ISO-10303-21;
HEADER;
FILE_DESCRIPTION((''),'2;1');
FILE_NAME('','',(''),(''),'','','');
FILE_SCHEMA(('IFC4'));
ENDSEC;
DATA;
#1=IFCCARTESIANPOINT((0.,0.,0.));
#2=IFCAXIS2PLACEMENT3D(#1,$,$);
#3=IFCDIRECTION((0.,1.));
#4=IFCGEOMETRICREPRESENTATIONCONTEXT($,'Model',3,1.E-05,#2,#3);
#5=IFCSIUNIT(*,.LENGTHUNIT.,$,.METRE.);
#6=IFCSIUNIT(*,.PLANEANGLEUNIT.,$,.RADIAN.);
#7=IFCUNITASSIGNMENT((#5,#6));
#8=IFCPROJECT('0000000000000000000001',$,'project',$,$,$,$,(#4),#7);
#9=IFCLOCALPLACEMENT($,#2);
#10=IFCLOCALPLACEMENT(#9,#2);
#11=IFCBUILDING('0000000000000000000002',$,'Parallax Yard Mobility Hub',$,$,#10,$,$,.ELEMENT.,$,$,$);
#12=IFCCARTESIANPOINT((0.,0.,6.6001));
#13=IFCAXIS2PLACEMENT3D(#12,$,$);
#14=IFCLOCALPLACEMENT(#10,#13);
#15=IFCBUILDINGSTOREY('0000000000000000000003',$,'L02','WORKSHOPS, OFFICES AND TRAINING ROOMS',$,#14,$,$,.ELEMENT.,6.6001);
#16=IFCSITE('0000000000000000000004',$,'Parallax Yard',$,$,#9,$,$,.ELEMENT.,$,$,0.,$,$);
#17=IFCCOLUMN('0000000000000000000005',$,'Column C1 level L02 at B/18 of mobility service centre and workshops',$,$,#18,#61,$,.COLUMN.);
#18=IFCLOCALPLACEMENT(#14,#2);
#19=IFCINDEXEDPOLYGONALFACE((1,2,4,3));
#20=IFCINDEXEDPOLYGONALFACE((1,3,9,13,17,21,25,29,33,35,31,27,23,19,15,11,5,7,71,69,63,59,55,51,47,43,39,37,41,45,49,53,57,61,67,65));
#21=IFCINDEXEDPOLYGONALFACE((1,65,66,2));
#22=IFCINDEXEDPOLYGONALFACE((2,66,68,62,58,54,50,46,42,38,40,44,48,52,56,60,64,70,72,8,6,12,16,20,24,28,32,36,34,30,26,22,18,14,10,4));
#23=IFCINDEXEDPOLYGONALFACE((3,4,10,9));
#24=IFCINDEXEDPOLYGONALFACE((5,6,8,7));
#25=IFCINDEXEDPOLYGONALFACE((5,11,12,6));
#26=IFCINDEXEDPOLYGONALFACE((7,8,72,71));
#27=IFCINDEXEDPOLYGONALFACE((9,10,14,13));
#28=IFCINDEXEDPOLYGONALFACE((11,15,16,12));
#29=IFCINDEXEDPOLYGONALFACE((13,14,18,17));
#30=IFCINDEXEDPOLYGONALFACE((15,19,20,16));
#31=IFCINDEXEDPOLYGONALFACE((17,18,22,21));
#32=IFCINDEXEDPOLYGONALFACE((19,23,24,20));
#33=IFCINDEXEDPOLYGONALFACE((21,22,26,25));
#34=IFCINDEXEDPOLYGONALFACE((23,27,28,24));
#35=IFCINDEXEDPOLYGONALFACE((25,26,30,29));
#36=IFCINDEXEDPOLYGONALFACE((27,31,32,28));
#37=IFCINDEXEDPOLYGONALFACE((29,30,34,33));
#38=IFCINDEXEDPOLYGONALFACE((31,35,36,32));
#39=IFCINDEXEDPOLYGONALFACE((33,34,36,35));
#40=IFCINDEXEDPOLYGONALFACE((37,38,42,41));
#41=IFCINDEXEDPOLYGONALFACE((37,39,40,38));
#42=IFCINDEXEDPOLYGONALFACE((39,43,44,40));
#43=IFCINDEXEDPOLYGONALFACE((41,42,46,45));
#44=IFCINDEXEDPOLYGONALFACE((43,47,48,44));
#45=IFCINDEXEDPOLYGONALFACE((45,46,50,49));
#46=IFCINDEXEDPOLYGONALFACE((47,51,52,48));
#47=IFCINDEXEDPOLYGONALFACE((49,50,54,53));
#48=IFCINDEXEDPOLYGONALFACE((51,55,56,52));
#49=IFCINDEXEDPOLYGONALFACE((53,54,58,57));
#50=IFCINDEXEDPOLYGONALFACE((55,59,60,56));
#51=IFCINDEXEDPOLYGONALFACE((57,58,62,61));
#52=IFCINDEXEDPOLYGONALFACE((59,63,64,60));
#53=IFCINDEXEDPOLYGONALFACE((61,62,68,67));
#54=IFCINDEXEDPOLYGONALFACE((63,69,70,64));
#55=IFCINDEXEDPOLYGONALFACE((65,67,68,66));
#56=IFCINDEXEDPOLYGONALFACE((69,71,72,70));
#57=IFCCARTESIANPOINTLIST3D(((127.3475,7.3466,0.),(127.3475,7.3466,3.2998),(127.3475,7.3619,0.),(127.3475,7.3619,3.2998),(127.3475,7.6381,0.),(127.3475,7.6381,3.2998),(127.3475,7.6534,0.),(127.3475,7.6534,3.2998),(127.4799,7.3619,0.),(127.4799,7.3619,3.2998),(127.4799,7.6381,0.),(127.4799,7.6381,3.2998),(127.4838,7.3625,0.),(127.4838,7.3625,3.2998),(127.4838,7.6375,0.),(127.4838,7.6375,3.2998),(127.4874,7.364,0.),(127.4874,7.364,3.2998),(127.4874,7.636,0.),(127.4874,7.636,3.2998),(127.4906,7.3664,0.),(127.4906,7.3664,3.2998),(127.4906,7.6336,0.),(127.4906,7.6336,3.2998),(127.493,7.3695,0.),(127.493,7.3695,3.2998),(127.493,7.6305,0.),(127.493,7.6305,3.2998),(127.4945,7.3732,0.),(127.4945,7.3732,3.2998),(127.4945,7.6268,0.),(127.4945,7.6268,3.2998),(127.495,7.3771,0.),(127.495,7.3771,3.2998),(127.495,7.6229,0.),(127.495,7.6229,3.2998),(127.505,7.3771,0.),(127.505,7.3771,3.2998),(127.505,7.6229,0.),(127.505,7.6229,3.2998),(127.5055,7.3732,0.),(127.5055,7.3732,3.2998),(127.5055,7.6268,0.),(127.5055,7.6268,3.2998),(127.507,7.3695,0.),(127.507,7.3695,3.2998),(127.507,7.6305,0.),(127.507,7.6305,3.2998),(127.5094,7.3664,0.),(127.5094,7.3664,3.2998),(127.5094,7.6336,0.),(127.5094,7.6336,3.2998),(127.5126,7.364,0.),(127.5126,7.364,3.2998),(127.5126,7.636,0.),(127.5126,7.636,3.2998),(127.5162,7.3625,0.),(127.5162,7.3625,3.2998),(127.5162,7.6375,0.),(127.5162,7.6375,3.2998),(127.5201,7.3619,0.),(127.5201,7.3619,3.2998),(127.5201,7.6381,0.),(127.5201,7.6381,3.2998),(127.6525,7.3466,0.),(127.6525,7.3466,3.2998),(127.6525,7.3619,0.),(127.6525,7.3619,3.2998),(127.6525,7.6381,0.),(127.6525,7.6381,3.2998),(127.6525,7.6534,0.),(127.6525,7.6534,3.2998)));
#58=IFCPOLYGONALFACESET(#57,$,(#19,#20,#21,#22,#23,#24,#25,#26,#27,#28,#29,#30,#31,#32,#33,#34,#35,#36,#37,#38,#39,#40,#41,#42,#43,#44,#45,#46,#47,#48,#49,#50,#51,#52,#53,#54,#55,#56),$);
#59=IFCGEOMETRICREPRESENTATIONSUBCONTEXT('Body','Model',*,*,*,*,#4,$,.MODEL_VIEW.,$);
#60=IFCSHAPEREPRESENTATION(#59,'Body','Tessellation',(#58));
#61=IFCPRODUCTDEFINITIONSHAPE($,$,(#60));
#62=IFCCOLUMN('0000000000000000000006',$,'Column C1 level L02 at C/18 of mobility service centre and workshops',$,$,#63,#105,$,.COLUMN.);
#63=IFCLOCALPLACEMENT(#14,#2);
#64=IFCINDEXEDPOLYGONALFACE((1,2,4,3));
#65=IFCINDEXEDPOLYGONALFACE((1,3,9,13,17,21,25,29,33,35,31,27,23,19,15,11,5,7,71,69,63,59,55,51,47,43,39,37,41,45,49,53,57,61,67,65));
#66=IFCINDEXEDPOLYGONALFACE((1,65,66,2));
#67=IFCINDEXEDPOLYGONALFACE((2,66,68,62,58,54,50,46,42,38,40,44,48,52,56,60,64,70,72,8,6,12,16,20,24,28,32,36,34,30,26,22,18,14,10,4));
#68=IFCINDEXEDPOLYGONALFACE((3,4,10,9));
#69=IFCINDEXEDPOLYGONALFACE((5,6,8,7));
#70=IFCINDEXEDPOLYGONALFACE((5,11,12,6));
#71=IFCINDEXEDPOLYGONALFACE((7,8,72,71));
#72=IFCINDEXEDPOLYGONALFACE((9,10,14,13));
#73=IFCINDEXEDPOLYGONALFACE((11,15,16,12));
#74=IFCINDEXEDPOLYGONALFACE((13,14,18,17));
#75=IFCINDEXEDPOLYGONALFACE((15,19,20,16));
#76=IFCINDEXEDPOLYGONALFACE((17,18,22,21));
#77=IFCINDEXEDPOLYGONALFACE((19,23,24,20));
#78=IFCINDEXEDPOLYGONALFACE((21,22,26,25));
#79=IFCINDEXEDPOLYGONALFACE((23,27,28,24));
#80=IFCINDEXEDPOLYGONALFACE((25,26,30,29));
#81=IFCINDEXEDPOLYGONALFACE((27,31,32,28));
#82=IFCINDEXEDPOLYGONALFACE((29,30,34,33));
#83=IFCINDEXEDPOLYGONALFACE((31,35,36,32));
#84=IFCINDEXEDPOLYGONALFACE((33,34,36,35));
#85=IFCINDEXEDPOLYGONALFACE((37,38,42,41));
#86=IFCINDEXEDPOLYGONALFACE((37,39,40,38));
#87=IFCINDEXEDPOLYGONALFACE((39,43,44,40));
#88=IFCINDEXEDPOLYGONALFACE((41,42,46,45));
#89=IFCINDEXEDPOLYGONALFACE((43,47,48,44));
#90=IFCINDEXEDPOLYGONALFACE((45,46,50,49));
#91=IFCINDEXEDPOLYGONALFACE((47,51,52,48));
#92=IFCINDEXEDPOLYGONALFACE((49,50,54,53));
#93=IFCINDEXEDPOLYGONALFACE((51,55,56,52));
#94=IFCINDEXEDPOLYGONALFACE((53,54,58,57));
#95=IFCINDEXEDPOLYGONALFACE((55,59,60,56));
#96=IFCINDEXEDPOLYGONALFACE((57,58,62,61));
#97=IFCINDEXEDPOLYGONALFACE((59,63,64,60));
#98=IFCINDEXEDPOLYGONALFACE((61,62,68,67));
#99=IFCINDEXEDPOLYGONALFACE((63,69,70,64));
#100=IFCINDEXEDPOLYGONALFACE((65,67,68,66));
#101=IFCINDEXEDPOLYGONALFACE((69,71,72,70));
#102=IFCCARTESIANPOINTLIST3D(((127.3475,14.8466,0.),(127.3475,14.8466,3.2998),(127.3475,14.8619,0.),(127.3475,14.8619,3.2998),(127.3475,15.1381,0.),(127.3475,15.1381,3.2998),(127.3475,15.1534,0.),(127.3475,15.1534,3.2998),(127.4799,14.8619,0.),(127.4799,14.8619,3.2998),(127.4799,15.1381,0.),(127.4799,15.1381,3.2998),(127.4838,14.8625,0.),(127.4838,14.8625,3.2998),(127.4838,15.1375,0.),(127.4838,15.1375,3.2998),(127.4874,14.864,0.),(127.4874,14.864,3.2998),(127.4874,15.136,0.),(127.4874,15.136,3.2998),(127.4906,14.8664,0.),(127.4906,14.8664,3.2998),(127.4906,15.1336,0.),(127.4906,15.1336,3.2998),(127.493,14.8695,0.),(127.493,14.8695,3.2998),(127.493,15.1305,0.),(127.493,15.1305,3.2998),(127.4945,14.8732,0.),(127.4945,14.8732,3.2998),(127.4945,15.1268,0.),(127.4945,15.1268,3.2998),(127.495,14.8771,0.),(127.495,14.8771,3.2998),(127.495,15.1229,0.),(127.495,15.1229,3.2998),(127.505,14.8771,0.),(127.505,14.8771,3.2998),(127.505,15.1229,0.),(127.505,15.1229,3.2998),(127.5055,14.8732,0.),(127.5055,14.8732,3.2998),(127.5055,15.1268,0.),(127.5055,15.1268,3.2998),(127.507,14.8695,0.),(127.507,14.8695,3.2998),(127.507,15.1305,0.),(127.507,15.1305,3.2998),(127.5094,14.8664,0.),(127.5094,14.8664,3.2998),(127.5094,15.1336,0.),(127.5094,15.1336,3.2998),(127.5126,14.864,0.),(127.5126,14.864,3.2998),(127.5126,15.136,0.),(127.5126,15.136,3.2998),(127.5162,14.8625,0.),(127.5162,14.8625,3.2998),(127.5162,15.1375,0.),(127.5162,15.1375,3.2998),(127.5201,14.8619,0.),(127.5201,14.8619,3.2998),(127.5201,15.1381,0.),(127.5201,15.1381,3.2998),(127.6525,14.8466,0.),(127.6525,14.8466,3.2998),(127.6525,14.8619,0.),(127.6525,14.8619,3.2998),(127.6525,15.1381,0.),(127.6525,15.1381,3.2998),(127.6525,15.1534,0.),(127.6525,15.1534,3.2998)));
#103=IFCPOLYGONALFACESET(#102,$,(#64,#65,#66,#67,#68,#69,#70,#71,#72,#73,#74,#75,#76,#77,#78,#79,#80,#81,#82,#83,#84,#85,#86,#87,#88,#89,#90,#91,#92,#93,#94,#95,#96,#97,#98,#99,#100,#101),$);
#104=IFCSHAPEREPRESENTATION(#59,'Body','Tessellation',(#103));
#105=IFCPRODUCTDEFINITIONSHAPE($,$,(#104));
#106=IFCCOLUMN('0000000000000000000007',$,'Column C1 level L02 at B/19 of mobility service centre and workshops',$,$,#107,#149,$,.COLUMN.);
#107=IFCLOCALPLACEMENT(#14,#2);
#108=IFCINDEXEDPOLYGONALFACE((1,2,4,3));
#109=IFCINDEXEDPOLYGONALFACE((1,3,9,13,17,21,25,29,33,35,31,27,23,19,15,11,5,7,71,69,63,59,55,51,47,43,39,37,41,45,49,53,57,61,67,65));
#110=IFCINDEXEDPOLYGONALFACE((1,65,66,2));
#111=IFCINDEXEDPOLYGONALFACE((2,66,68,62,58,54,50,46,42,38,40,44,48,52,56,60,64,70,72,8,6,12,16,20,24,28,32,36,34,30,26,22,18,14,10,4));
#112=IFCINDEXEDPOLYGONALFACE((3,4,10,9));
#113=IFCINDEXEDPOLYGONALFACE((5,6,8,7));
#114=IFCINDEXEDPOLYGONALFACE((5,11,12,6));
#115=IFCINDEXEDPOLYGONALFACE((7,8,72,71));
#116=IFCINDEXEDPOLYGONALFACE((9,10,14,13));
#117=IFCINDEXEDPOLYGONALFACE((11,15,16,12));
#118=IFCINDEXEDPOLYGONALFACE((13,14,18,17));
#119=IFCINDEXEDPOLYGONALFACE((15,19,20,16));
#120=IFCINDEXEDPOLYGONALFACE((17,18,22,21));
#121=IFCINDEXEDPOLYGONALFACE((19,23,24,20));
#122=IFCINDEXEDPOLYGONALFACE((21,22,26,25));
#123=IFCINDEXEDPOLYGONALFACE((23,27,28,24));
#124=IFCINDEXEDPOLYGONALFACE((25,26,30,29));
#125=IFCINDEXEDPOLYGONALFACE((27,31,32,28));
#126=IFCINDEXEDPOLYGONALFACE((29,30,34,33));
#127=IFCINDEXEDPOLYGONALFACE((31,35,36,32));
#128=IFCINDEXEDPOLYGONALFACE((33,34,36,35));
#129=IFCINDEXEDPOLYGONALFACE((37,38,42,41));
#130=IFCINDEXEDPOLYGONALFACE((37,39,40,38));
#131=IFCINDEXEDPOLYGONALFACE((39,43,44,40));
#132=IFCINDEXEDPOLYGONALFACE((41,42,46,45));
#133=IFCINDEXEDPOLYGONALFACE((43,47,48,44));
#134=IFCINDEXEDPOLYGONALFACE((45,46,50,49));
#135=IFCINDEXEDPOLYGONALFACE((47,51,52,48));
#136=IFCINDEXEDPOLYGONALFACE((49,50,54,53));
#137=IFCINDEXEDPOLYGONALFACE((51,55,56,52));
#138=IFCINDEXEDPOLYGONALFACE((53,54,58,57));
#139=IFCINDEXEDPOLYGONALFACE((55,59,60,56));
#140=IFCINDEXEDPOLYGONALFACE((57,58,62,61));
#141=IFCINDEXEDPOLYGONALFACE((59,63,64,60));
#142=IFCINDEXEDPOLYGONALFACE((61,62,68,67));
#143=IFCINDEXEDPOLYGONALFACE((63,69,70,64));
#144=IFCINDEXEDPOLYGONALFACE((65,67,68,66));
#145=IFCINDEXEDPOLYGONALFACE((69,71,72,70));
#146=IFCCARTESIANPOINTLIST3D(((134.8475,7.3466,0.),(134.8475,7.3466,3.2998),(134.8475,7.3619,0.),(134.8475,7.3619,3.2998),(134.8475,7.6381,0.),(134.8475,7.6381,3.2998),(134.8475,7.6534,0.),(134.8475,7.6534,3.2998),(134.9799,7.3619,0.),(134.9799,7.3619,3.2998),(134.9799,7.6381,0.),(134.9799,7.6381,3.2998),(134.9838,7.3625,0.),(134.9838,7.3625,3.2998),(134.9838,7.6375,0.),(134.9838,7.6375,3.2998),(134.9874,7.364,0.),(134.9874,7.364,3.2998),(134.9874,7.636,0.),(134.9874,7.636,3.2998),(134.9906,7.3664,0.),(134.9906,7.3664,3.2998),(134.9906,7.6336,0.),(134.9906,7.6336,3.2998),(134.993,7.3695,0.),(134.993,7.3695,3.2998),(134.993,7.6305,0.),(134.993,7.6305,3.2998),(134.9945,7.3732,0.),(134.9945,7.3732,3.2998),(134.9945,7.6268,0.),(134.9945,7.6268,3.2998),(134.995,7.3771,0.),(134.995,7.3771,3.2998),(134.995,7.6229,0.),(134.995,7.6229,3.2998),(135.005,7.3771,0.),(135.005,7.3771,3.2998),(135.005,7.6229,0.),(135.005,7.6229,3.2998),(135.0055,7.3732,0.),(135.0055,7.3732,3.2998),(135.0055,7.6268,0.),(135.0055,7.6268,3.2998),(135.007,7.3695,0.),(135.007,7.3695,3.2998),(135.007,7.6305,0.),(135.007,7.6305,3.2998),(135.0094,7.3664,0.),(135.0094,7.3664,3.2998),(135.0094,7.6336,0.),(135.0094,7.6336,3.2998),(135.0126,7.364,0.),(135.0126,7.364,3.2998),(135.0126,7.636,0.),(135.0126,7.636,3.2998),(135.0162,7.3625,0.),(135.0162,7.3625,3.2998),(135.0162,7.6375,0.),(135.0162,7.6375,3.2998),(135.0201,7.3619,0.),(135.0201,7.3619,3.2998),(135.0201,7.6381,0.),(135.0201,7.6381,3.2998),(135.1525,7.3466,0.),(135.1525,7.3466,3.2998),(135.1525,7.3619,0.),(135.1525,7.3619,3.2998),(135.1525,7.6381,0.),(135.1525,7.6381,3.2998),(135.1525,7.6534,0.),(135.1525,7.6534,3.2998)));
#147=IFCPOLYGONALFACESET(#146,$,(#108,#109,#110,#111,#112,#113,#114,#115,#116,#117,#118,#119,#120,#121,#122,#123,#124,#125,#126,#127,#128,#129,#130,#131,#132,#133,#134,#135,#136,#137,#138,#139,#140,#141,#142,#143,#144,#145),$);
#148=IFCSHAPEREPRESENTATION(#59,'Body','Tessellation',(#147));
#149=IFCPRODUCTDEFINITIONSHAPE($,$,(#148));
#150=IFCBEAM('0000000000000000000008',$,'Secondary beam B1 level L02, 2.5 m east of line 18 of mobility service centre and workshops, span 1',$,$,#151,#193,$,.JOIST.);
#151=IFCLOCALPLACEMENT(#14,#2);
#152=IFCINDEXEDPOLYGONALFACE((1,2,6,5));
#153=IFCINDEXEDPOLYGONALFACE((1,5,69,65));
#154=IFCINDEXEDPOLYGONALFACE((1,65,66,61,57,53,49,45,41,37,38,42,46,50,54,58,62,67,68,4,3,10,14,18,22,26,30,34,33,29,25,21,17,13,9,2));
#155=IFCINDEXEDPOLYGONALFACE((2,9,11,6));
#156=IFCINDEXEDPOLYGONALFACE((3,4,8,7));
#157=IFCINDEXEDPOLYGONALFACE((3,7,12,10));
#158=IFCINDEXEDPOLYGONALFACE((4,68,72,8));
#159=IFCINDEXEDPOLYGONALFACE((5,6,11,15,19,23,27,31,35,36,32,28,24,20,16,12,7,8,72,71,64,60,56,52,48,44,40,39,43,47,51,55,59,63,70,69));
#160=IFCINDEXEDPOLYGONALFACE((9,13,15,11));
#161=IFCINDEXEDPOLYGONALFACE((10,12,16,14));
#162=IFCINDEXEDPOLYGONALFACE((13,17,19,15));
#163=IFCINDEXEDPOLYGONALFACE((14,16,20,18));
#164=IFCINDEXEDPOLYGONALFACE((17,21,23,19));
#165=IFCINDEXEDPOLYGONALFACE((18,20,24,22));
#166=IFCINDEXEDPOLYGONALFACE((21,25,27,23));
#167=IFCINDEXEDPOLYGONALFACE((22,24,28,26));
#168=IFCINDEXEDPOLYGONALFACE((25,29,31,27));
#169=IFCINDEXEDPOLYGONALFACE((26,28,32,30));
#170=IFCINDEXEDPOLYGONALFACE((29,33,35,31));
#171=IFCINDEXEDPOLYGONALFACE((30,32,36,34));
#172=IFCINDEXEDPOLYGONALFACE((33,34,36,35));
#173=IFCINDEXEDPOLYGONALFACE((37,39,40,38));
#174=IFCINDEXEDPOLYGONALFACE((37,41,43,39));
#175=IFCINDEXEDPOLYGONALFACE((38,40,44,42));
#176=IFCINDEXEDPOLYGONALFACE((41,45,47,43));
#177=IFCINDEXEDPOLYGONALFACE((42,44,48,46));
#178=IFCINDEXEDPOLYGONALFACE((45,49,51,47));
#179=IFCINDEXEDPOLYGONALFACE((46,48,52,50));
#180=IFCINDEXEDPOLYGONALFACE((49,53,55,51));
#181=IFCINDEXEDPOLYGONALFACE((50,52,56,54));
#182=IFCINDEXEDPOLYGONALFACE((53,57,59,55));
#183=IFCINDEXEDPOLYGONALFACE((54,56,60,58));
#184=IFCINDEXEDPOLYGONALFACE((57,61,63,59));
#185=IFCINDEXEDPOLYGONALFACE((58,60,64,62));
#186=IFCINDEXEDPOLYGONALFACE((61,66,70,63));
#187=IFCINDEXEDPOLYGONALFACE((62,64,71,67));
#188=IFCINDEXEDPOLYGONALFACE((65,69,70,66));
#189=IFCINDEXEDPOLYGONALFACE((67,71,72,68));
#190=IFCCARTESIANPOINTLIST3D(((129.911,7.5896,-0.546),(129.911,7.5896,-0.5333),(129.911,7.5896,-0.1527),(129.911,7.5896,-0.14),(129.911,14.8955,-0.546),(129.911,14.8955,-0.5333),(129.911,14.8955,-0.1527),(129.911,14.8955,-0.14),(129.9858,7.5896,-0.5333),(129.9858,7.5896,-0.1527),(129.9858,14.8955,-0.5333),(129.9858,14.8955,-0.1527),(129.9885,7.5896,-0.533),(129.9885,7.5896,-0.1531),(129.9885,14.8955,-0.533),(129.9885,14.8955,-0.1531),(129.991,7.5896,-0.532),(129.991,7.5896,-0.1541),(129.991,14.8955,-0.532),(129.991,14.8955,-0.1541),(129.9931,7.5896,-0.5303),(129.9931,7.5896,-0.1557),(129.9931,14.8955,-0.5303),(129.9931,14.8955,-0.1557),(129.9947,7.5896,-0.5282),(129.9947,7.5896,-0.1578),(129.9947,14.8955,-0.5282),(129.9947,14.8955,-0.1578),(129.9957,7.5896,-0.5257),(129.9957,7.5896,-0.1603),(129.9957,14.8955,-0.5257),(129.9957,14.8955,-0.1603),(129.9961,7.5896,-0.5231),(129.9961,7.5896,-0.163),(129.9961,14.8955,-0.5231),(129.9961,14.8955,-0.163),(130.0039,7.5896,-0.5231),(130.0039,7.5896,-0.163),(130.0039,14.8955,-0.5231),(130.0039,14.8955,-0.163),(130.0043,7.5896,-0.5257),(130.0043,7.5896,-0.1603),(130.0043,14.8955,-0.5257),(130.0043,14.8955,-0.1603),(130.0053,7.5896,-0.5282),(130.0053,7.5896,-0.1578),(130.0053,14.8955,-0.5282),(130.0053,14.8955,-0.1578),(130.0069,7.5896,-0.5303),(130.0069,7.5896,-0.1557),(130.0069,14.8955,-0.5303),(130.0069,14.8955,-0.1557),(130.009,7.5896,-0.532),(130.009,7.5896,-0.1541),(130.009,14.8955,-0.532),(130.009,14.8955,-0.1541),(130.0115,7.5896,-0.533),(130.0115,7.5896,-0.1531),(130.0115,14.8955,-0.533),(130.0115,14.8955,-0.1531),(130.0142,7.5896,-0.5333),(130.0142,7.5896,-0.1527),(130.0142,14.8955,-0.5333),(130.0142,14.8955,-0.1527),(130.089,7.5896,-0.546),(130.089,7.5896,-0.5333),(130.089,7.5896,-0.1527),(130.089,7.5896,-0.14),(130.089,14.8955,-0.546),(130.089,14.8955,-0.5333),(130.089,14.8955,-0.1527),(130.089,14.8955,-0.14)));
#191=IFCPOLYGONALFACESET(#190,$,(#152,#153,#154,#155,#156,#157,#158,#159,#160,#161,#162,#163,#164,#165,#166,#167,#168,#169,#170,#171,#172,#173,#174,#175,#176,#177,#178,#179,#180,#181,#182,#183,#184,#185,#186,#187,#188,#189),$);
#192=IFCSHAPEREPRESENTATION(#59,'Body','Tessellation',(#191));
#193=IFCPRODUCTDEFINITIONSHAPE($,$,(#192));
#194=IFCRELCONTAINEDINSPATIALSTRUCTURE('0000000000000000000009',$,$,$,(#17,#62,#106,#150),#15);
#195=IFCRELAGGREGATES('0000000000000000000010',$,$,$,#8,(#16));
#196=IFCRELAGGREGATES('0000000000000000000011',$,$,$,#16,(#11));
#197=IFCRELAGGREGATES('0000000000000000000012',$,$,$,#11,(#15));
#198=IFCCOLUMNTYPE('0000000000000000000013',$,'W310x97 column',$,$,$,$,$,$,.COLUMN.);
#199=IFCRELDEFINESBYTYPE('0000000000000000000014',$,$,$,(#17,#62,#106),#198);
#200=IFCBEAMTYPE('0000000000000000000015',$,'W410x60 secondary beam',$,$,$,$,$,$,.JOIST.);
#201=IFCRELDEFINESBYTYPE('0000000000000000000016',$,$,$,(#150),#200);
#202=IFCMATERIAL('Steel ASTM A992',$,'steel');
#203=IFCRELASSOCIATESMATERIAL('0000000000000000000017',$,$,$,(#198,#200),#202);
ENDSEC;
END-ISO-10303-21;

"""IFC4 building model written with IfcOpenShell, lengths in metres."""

from ifc_helpers import new_model, si_unit, direction, frame, origin, origin_2d, place, context, subcontext, project, spatial, i_section, extrude, material, material_profile, profile_set, type_object, element, save


model = new_model("IFC4")

# Units and contexts
model_context = context("Model", 3, precision=1e-05, world=origin(), true_north=direction((0.0, 1.0)))
body_context = subcontext(model_context, "Body", "Model", "MODEL_VIEW")
ifc_project = project(units=[si_unit("LENGTHUNIT", "METRE"), si_unit("PLANEANGLEUNIT", "RADIAN")], contexts=[model_context])

# Site, building, storey
site_placement = place(None, origin())
site = spatial("IfcSite", under=ifc_project, at=site_placement, Name="Parallax Yard", CompositionType="ELEMENT", RefElevation=0.0)
building_placement = place(site_placement, origin())
building = spatial("IfcBuilding", under=site, at=building_placement, Name="Parallax Yard Mobility Hub", CompositionType="ELEMENT")
storey_placement = place(building_placement, frame((0.0, 0.0, 6.6001)))
storey = spatial("IfcBuildingStorey", under=building, at=storey_placement, Name="L02", Description="WORKSHOPS, OFFICES AND TRAINING ROOMS", CompositionType="ELEMENT", Elevation=6.6001)

# Columns
ifc_material_1 = material(Name="Steel ASTM A992", Category="steel")
ifc_material_profile_1 = material_profile(ifc_material_1, i_section(OverallWidth=0.3049, OverallDepth=0.3069, WebThickness=0.01, FlangeThickness=0.0154, FilletRadius=0.0151, at=origin_2d()), Name="W310x97")
ifc_profile_set_1 = profile_set([ifc_material_profile_1], Name="Steel ASTM A992")
column_type = type_object("IfcColumnType", Name="W310x97 column", PredefinedType="COLUMN", material=ifc_profile_set_1)
for number, where, z_axis, x_axis, name in (
    (1, (127.5, 7.5, 0.0), (0.0, 0.0, 1.0), (1.0, 0.0, 0.0), "Column C1 level L02 at B/18 of mobility service centre and workshops"),
    (2, (127.5, 15.0, 0.0), (0.0, 0.0, 1.0), (1.0, 0.0, 0.0), "Column C1 level L02 at C/18 of mobility service centre and workshops"),
    (3, (135.0, 7.5, 0.0), (0.0, 0.0, 1.0), (1.0, 0.0, 0.0), "Column C1 level L02 at B/19 of mobility service centre and workshops"),
):
    element("IfcColumn", number, at=place(storey_placement, frame(where, z_axis=z_axis, x_axis=x_axis)), inside=storey, type_object=column_type, Name=name, PredefinedType="COLUMN", context=body_context, shape_type="SweptSolid", body=[
        extrude(i_section(OverallWidth=0.3049, OverallDepth=0.3069, WebThickness=0.01, FlangeThickness=0.0154, FilletRadius=0.0151, at=origin_2d()), origin(), (0.0, 0.0, 1.0), 3.2998),
    ])

# Beam
ifc_material_profile_2 = material_profile(ifc_material_1, i_section(OverallWidth=0.178, OverallDepth=0.406, WebThickness=0.0078, FlangeThickness=0.0127, FilletRadius=0.0103, at=origin_2d()), Name="W410x60")
ifc_profile_set_2 = profile_set([ifc_material_profile_2], Name="Steel ASTM A992")
beam_type_1 = type_object("IfcBeamType", Name="W410x60 secondary beam", PredefinedType="JOIST", material=ifc_profile_set_2)
beam_1_placement = place(storey_placement, frame((130.0, 7.5896, -0.343), z_axis=(0.0, 1.0, 0.0), x_axis=(-1.0, 0.0, 0.0)))
element("IfcBeam", 4, at=beam_1_placement, inside=storey, type_object=beam_type_1, Name="Secondary beam B1 level L02, 2.5 m east of line 18 of mobility service centre and workshops, span 1", PredefinedType="JOIST", context=body_context, shape_type="SweptSolid", body=[
    extrude(i_section(OverallWidth=0.178, OverallDepth=0.406, WebThickness=0.0078, FlangeThickness=0.0127, FilletRadius=0.0103, at=origin_2d()), origin(), (0.0, 0.0, 1.0), 7.3059),
])

save(model, "model.ifc")
